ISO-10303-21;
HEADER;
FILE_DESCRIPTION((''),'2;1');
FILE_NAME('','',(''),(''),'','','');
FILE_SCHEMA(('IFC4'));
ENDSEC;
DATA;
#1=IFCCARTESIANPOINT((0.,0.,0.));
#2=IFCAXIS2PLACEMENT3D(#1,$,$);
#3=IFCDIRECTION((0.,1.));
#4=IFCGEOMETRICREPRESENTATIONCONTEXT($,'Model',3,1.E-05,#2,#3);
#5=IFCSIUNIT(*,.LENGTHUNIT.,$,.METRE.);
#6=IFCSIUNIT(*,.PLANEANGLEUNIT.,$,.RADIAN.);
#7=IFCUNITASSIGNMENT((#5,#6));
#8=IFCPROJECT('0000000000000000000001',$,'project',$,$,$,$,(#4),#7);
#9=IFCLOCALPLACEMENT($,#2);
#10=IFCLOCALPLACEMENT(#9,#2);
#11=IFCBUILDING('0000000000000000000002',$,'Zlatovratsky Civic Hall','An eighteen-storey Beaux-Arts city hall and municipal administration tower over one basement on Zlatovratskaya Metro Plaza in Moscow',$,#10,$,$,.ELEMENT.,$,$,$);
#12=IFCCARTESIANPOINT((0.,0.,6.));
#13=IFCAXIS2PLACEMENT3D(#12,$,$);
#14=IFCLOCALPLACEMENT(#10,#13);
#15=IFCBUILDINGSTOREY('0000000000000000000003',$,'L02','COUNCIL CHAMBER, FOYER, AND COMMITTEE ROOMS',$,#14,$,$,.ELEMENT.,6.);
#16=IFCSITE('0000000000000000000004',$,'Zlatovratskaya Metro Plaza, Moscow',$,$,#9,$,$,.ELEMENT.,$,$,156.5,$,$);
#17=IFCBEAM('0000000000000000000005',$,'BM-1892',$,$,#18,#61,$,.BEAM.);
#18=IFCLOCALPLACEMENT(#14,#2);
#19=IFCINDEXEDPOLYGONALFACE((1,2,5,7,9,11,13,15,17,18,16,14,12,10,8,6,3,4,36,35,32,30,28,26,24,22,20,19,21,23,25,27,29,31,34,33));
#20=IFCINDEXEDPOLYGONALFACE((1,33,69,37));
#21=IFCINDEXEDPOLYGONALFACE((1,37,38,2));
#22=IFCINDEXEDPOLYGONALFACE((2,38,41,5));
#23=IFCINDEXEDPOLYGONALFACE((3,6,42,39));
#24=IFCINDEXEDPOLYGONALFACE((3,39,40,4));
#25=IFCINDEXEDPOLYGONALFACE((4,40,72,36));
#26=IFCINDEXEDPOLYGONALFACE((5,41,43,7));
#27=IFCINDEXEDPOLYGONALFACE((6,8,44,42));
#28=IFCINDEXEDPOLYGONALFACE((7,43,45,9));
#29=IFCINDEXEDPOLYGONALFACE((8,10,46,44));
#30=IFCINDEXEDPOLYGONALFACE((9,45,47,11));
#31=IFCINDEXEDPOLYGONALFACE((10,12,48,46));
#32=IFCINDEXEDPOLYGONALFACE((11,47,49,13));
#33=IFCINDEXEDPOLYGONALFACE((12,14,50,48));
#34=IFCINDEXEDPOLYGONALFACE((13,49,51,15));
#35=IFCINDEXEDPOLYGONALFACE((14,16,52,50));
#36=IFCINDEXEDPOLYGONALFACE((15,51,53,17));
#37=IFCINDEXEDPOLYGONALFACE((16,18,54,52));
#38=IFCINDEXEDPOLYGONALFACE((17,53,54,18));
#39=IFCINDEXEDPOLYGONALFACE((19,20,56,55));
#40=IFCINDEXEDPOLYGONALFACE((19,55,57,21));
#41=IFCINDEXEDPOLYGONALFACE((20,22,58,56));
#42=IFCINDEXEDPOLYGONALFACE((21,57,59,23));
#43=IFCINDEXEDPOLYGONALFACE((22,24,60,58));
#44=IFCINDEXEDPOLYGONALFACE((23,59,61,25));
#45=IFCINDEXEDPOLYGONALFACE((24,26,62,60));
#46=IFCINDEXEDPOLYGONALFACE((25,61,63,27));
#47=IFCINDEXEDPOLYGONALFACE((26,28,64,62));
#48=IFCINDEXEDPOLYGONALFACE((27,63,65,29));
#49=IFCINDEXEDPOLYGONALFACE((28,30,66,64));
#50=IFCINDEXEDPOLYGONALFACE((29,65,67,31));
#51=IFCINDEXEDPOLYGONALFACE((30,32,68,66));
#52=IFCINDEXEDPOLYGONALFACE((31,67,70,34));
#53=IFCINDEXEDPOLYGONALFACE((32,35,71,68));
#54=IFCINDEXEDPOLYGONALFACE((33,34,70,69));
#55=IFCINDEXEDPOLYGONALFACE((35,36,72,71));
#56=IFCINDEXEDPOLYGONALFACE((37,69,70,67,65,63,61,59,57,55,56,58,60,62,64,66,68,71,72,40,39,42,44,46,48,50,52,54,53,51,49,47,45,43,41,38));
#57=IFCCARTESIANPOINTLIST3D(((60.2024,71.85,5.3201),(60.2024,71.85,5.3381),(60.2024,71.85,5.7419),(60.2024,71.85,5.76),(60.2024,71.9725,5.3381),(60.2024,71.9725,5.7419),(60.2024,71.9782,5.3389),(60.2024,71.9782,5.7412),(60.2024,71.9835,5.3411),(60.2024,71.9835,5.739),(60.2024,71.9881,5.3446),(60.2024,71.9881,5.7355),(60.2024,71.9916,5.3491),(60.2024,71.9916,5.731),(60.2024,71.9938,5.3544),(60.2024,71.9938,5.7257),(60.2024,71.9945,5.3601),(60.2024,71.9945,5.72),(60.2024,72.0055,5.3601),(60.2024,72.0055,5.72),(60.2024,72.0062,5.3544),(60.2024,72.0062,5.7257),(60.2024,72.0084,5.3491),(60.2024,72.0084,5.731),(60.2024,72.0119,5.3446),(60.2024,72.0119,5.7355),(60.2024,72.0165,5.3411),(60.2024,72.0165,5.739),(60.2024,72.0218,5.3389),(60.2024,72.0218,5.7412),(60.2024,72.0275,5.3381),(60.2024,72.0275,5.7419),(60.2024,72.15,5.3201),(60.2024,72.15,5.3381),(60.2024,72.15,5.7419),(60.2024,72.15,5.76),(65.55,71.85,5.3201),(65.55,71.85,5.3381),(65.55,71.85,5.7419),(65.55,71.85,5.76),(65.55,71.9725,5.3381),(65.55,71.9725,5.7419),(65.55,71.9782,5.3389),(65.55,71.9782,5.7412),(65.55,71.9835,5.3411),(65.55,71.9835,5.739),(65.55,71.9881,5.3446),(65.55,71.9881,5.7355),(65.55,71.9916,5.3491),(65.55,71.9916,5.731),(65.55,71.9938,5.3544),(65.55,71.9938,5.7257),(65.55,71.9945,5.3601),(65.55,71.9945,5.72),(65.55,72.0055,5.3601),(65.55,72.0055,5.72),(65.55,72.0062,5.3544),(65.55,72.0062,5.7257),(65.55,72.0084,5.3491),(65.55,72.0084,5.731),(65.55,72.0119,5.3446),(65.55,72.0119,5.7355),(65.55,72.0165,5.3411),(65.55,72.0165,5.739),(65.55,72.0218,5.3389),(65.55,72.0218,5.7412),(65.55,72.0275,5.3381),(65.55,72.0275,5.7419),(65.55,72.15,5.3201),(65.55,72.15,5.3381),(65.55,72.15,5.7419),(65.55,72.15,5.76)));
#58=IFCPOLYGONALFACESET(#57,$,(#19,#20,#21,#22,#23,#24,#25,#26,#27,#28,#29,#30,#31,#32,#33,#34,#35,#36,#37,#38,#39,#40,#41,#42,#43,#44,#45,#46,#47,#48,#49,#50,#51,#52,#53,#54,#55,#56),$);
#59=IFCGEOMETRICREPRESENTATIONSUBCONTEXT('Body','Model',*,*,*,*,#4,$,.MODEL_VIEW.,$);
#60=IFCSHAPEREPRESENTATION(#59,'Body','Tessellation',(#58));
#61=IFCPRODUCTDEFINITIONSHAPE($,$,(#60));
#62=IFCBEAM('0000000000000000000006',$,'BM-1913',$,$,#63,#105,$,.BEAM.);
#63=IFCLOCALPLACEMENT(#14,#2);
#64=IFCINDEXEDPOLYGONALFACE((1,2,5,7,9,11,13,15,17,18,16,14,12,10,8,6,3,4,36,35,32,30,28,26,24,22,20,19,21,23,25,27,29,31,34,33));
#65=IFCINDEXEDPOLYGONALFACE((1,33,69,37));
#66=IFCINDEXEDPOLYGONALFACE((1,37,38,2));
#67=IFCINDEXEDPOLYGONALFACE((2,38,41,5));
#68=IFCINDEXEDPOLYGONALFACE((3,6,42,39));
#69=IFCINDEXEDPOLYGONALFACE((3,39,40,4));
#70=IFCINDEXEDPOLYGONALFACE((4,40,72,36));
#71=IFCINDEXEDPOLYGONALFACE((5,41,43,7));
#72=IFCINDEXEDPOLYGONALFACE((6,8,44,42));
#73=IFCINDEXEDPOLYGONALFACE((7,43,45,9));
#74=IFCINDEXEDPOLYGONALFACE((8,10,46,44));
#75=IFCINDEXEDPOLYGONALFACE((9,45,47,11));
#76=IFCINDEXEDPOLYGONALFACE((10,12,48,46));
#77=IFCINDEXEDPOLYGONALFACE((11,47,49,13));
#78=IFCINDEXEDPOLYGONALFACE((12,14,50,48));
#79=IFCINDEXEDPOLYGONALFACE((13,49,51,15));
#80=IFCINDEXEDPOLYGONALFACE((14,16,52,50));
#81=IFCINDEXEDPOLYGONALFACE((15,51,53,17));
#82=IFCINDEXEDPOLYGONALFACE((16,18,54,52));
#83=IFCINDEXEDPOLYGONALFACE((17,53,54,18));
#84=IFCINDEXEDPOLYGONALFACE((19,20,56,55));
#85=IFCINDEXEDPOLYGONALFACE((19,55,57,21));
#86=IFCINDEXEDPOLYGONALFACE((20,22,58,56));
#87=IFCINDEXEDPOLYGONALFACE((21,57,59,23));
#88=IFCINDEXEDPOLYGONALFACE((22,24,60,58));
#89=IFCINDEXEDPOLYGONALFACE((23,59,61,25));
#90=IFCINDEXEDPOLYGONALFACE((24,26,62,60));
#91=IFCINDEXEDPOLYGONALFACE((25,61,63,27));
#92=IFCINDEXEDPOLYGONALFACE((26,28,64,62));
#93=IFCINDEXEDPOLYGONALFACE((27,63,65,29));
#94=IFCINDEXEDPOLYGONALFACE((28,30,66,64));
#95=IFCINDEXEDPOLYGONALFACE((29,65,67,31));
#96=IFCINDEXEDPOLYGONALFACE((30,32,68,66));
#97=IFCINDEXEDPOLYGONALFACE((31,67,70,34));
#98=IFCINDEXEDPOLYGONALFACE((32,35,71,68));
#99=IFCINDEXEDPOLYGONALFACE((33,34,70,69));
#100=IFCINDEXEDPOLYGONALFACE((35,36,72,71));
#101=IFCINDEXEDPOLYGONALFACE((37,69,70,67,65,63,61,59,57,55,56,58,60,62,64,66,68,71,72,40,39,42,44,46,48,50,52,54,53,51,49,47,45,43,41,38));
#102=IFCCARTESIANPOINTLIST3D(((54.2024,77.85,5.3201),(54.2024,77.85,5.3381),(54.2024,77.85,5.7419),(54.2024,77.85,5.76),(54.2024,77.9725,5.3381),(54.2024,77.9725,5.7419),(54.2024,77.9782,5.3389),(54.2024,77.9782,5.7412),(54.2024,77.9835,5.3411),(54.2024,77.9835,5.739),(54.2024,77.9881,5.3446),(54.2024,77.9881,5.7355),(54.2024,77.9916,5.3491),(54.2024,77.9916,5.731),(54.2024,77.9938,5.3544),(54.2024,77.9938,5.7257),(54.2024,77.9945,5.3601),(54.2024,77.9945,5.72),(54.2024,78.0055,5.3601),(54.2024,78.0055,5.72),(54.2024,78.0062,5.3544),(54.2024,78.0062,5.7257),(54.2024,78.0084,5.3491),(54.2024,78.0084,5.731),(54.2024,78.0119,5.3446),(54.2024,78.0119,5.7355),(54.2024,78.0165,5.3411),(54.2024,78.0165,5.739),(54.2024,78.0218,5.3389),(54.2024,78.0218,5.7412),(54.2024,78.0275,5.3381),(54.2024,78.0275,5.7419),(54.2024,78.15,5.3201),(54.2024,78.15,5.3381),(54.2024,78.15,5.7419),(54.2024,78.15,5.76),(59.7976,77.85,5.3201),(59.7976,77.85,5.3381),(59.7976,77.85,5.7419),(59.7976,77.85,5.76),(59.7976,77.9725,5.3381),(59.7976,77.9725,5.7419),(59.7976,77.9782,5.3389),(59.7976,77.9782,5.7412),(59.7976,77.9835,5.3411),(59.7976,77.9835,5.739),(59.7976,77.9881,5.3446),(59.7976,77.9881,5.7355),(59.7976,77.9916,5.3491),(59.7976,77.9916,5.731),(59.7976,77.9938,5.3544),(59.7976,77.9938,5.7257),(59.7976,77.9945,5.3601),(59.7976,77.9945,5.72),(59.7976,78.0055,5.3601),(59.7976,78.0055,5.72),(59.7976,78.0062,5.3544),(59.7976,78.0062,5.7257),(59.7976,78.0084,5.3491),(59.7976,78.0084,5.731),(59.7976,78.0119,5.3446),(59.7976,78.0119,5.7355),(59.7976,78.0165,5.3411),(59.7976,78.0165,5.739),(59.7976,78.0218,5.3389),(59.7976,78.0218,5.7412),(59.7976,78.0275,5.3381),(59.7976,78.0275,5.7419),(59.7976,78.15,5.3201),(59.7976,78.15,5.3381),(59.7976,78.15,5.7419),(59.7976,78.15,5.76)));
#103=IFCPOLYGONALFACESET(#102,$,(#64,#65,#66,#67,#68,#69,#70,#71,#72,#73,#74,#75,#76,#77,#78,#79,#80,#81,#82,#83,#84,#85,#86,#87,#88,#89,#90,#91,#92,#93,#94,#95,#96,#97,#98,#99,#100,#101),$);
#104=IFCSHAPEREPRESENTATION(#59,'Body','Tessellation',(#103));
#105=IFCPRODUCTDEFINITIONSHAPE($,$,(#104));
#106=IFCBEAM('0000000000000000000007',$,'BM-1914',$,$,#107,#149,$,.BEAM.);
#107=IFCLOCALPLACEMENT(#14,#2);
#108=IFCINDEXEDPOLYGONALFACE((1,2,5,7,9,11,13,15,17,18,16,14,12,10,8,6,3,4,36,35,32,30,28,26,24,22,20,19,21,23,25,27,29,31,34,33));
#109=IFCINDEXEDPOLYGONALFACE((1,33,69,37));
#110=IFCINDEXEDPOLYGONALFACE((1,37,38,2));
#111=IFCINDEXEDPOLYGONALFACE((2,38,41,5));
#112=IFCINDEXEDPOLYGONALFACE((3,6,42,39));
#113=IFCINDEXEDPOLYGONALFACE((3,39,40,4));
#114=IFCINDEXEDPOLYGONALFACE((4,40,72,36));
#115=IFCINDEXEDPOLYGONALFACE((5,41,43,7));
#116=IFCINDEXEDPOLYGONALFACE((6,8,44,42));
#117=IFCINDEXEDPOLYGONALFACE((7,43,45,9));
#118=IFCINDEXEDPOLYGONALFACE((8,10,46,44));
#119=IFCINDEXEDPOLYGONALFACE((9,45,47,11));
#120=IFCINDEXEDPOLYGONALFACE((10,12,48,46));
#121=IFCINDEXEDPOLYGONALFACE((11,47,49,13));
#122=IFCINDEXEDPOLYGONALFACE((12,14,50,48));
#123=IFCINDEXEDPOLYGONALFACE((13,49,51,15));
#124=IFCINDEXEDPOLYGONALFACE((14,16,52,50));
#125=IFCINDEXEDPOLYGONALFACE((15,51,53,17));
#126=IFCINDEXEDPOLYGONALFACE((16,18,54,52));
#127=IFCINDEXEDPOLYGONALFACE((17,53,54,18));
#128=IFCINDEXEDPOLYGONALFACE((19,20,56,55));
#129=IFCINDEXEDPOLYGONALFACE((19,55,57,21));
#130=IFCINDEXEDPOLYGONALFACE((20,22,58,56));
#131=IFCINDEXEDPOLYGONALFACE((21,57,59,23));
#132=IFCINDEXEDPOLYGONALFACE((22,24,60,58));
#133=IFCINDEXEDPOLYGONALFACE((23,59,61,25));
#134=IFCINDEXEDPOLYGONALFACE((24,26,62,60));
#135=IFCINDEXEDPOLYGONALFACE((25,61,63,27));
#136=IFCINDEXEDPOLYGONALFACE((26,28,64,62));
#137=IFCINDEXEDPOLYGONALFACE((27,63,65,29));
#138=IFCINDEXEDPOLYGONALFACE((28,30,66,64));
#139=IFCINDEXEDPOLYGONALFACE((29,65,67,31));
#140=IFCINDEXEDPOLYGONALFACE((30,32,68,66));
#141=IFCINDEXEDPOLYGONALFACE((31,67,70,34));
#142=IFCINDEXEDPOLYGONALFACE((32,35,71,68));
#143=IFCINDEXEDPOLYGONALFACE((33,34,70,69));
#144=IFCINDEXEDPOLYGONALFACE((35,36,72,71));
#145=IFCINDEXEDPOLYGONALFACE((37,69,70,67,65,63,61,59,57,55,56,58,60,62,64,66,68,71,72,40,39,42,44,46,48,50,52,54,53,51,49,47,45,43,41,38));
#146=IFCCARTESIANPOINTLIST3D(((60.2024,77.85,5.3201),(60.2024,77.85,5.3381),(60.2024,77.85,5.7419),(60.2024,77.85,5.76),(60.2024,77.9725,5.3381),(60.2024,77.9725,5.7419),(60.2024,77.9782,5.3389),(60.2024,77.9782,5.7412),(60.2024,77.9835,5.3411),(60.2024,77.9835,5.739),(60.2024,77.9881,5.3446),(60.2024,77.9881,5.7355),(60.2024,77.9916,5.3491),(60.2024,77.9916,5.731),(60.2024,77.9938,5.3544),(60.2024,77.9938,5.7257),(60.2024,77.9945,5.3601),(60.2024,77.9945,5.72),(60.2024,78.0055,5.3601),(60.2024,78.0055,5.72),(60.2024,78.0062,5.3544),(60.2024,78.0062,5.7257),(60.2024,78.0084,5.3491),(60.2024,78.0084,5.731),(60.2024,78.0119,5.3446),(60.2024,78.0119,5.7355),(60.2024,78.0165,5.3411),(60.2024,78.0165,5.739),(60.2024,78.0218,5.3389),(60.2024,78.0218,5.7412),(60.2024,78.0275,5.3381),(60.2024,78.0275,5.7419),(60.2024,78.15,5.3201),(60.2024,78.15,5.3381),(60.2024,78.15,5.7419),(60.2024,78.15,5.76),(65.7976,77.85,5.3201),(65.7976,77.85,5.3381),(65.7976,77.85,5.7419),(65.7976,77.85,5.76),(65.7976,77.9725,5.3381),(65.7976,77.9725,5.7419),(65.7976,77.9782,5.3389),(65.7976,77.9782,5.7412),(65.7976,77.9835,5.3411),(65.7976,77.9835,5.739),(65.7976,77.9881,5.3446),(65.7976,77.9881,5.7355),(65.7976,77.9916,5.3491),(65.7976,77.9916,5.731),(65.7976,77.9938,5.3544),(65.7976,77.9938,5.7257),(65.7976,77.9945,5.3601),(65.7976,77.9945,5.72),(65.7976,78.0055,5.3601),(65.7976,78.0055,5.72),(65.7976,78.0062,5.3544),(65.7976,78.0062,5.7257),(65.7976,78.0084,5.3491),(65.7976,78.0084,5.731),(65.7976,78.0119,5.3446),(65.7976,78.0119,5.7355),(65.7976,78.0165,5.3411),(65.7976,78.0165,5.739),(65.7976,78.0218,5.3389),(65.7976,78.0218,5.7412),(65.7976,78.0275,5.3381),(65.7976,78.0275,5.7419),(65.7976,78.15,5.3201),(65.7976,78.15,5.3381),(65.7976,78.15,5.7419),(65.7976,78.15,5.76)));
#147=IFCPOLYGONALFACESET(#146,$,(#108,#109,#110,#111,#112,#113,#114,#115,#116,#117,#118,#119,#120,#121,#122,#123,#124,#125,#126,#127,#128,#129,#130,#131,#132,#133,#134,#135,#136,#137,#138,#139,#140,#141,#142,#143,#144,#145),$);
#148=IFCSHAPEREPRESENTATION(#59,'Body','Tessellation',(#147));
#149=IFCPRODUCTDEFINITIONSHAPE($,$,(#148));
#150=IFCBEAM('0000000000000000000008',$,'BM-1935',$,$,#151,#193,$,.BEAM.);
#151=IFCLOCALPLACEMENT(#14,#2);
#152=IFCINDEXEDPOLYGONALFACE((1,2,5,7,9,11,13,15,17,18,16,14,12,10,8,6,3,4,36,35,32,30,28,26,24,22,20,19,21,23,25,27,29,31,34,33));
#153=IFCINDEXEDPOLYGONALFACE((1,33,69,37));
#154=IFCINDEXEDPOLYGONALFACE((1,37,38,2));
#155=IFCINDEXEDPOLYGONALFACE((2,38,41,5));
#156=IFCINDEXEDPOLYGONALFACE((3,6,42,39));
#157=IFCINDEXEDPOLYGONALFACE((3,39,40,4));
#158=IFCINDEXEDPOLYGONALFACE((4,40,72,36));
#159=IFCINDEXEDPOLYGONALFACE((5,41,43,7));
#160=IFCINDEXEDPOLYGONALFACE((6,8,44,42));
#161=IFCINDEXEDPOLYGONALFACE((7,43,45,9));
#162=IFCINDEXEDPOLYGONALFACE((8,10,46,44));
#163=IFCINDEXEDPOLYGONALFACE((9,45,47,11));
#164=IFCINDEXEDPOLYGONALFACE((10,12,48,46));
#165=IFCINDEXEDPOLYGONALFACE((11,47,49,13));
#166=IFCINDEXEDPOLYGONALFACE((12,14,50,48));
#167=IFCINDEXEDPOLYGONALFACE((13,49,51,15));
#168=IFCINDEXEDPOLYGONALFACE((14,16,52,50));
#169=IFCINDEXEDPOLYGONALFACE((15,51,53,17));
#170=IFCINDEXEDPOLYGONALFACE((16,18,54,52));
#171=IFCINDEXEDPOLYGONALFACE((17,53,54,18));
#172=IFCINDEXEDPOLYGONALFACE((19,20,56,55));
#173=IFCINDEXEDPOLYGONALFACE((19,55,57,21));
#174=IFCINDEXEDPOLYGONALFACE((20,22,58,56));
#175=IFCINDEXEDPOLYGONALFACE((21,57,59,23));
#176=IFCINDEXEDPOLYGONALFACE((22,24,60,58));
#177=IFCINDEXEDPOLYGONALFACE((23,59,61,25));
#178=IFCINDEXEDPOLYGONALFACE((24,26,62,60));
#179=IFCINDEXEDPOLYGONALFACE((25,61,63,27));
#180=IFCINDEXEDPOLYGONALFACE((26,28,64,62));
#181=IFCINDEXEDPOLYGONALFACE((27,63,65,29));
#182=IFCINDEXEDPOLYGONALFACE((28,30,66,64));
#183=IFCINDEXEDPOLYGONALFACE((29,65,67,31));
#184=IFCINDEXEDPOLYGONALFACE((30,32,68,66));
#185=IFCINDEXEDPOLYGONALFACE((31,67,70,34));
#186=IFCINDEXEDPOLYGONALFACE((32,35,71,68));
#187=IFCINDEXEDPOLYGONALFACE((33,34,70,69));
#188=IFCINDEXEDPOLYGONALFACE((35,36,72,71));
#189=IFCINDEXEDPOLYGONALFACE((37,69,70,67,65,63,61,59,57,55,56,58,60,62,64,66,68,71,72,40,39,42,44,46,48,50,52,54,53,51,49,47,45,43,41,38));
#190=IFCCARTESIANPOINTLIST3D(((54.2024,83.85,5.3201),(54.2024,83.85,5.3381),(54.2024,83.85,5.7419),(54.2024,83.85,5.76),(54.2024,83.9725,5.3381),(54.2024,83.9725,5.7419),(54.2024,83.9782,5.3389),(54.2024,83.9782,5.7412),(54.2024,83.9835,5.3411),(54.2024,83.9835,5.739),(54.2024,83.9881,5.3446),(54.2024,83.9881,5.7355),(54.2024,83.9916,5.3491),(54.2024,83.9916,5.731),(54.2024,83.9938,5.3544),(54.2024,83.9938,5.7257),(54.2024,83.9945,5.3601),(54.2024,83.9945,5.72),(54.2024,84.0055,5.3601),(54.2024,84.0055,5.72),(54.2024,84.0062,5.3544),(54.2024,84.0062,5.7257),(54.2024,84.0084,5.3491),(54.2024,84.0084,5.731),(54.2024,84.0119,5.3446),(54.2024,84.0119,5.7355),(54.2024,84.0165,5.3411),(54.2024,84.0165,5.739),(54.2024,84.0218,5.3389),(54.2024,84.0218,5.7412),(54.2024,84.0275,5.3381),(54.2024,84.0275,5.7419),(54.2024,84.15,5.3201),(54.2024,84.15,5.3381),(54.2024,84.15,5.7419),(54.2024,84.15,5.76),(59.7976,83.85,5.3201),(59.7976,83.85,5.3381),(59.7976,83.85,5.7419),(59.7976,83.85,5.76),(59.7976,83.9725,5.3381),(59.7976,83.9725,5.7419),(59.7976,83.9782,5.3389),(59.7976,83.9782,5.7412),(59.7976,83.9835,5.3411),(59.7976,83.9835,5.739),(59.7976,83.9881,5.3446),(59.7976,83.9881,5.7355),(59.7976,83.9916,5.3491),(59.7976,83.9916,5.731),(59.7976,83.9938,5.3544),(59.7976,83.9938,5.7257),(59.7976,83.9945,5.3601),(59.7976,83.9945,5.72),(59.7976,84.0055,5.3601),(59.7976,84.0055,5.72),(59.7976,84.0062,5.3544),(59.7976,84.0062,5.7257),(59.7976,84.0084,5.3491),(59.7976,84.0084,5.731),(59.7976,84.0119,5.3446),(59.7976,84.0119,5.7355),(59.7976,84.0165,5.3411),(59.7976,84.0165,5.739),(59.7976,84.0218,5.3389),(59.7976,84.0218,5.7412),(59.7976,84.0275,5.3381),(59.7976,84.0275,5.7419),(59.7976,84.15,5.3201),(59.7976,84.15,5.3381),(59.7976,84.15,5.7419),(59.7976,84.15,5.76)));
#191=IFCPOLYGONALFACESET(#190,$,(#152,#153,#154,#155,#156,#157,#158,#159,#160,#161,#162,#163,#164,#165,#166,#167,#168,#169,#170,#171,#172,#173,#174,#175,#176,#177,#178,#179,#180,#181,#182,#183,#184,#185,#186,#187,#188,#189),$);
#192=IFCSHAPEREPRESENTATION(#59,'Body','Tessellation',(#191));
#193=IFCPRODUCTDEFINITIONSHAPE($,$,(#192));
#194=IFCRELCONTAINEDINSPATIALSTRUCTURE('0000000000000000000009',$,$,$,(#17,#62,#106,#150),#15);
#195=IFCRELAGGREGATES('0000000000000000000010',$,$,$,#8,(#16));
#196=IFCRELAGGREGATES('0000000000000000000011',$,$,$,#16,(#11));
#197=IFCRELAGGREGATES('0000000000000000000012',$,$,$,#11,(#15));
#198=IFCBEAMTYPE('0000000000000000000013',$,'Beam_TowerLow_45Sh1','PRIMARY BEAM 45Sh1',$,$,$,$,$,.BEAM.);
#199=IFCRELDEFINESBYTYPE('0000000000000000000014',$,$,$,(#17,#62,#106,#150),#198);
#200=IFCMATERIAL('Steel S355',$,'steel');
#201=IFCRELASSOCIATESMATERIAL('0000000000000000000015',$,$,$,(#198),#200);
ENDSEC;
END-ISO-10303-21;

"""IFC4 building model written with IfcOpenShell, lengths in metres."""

from ifc_helpers import new_model, si_unit, direction, frame, origin, origin_2d, place, context, subcontext, project, spatial, i_section, extrude, material, material_profile, profile_set, type_object, element, save


model = new_model("IFC4")

# Units and contexts
model_context = context("Model", 3, precision=1e-05, world=origin(), true_north=direction((0.0, 1.0)))
body_context = subcontext(model_context, "Body", "Model", "MODEL_VIEW")
ifc_project = project(units=[si_unit("LENGTHUNIT", "METRE"), si_unit("PLANEANGLEUNIT", "RADIAN")], contexts=[model_context])

# Site, building, storey
site_placement = place(None, origin())
site = spatial("IfcSite", under=ifc_project, at=site_placement, Name="Zlatovratskaya Metro Plaza, Moscow", CompositionType="ELEMENT", RefElevation=156.5)
building_placement = place(site_placement, origin())
building = spatial("IfcBuilding", under=site, at=building_placement, Name="Zlatovratsky Civic Hall", Description="An eighteen-storey Beaux-Arts city hall and municipal administration tower over one basement on Zlatovratskaya Metro Plaza in Moscow", CompositionType="ELEMENT")
storey_placement = place(building_placement, frame((0.0, 0.0, 6.0)))
storey = spatial("IfcBuildingStorey", under=building, at=storey_placement, Name="L02", Description="COUNCIL CHAMBER, FOYER, AND COMMITTEE ROOMS", CompositionType="ELEMENT", Elevation=6.0)

# Shared definitions
ifc_material_1 = material(Name="Steel S355", Category="steel")

# Beams
ifc_material_profile_1 = material_profile(ifc_material_1, i_section(OverallWidth=0.3, OverallDepth=0.4399, WebThickness=0.011, FlangeThickness=0.0181, FilletRadius=0.022, at=origin_2d()), Name="45Sh1")
ifc_profile_set_1 = profile_set([ifc_material_profile_1], Name="Steel S355")
beam_type = type_object("IfcBeamType", Name="Beam_TowerLow_45Sh1", Description="PRIMARY BEAM 45Sh1", PredefinedType="BEAM", material=ifc_profile_set_1)
beam_1_placement = place(storey_placement, frame((60.2024, 72.0, 5.54), z_axis=(1.0, 0.0, 0.0), x_axis=(0.0, 1.0, 0.0)))
element("IfcBeam", 1, at=beam_1_placement, inside=storey, type_object=beam_type, Name="BM-1892", PredefinedType="BEAM", context=body_context, shape_type="SweptSolid", body=[
    extrude(i_section(OverallWidth=0.3, OverallDepth=0.4399, WebThickness=0.011, FlangeThickness=0.0181, FilletRadius=0.022, at=origin_2d()), origin(), (0.0, 0.0, 1.0), 5.3477),
])
for number, where, z_axis, x_axis, name in (
    (2, (54.2024, 78.0, 5.54), (1.0, 0.0, 0.0), (0.0, 1.0, 0.0), "BM-1913"),
    (3, (60.2024, 78.0, 5.54), (1.0, 0.0, 0.0), (0.0, 1.0, 0.0), "BM-1914"),
    (4, (54.2024, 84.0, 5.54), (1.0, 0.0, 0.0), (0.0, 1.0, 0.0), "BM-1935"),
):
    element("IfcBeam", number, at=place(storey_placement, frame(where, z_axis=z_axis, x_axis=x_axis)), inside=storey, type_object=beam_type, Name=name, PredefinedType="BEAM", context=body_context, shape_type="SweptSolid", body=[
        extrude(i_section(OverallWidth=0.3, OverallDepth=0.4399, WebThickness=0.011, FlangeThickness=0.0181, FilletRadius=0.022, at=origin_2d()), origin(), (0.0, 0.0, 1.0), 5.5952),
    ])

save(model, "model.ifc")
